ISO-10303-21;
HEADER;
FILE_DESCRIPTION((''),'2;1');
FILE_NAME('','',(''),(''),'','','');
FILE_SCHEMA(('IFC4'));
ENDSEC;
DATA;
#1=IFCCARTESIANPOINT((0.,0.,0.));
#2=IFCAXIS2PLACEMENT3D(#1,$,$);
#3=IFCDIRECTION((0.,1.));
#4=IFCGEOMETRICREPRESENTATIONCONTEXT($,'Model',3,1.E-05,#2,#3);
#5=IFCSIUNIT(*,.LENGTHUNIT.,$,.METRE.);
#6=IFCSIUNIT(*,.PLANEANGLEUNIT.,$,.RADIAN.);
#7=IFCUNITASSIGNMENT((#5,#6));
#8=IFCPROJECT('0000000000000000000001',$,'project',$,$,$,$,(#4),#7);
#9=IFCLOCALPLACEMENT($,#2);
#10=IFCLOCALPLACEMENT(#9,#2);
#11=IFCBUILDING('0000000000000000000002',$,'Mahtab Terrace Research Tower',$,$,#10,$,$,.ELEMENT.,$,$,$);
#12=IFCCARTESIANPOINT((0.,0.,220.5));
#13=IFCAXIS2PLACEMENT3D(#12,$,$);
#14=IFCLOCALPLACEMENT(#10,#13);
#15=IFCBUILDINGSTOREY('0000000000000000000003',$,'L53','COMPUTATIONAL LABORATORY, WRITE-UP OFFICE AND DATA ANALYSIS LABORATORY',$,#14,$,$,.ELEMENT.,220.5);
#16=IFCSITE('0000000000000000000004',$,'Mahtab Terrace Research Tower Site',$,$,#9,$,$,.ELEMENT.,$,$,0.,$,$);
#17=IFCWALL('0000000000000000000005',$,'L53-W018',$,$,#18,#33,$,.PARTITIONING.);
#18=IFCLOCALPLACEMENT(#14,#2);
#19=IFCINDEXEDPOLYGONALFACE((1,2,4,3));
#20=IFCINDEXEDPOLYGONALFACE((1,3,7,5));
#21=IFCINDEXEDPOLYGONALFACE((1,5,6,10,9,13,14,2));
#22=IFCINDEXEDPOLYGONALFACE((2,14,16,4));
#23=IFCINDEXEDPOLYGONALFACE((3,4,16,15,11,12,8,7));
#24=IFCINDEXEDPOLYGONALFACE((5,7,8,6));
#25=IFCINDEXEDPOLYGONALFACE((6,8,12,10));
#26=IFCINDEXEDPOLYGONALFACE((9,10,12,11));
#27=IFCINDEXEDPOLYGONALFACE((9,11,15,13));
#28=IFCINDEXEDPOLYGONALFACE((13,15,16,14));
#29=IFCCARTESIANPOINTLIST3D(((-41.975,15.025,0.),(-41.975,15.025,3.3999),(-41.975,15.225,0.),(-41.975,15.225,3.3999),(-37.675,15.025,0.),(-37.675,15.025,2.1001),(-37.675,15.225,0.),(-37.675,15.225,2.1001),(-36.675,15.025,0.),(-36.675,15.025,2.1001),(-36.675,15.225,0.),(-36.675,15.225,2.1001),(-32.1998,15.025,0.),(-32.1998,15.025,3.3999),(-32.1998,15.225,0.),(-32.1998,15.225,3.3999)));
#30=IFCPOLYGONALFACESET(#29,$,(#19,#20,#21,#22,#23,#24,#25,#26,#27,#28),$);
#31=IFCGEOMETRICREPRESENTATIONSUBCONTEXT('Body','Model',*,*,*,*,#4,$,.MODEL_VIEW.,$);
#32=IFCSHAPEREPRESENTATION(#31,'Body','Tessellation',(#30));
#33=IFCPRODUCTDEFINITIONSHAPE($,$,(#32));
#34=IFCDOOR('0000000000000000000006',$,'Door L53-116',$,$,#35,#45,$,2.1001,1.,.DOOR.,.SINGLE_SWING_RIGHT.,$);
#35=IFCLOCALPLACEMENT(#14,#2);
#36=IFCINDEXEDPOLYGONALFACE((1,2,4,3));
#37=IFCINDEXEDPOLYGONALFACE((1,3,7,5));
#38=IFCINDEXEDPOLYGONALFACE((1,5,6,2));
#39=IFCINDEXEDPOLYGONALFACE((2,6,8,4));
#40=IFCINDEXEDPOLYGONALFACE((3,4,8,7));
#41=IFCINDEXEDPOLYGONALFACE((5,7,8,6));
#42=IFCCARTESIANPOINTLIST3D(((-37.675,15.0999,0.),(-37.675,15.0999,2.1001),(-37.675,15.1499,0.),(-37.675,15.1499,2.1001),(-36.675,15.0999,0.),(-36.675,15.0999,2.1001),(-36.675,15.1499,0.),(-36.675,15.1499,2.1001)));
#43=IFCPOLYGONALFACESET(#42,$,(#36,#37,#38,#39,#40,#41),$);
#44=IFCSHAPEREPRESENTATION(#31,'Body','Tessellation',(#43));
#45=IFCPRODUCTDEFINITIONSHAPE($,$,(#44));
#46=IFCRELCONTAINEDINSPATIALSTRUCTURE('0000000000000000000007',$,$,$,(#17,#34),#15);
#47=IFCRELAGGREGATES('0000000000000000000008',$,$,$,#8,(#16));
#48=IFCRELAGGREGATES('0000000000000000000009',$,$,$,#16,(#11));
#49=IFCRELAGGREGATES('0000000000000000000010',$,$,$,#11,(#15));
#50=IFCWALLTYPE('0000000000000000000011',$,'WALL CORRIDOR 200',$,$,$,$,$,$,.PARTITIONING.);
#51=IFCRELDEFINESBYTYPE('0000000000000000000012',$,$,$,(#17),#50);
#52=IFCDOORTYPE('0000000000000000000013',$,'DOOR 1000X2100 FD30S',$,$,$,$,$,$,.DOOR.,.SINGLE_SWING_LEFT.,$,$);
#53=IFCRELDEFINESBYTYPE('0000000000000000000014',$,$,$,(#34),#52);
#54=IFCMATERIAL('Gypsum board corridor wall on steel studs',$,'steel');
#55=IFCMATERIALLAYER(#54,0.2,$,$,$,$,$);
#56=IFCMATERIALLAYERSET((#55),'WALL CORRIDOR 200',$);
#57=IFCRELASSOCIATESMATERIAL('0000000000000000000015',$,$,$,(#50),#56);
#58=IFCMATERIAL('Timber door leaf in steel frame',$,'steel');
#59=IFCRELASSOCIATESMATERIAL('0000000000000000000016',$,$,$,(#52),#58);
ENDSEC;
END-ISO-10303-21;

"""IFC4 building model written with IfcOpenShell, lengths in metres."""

from ifc_helpers import new_model, si_unit, direction, frame, frame_2d, origin, place, context, subcontext, project, spatial, rectangle, extrude, material, layer, layer_set, type_object, element, fill, save


model = new_model("IFC4")

# Units and contexts
model_context = context("Model", 3, precision=1e-05, world=origin(), true_north=direction((0.0, 1.0)))
body_context = subcontext(model_context, "Body", "Model", "MODEL_VIEW")
ifc_project = project(units=[si_unit("LENGTHUNIT", "METRE"), si_unit("PLANEANGLEUNIT", "RADIAN")], contexts=[model_context])

# Site, building, storey
site_placement = place(None, origin())
site = spatial("IfcSite", under=ifc_project, at=site_placement, Name="Mahtab Terrace Research Tower Site", CompositionType="ELEMENT", RefElevation=0.0)
building_placement = place(site_placement, origin())
building = spatial("IfcBuilding", under=site, at=building_placement, Name="Mahtab Terrace Research Tower", CompositionType="ELEMENT")
storey_placement = place(building_placement, frame((0.0, 0.0, 220.5)))
storey = spatial("IfcBuildingStorey", under=building, at=storey_placement, Name="L53", Description="COMPUTATIONAL LABORATORY, WRITE-UP OFFICE AND DATA ANALYSIS LABORATORY", CompositionType="ELEMENT", Elevation=220.5)

# Wall, opening, door
ifc_material_1 = material(Name="Gypsum board corridor wall on steel studs", Category="steel")
ifc_layer_1 = layer(ifc_material_1, 0.2)
ifc_layer_set_1 = layer_set([ifc_layer_1], Name="WALL CORRIDOR 200")
wall_type = type_object("IfcWallType", Name="WALL CORRIDOR 200", PredefinedType="PARTITIONING", material=ifc_layer_set_1)
wall_placement = place(storey_placement, frame((-41.9751, 15.125, 0.0), z_axis=(0.0, 0.0, 1.0), x_axis=(1.0, 0.0, 0.0)))
wall = element("IfcWall", 1, at=wall_placement, inside=storey, type_object=wall_type, Name="L53-W018", PredefinedType="PARTITIONING", context=body_context, shape_type="SweptSolid", body=[
    extrude(rectangle(XDim=9.7751, YDim=0.2, at=frame_2d((4.8877, 0.0))), origin(), (0.0, 0.0, 1.0), 3.3999),
])
opening_placement = place(wall_placement, frame((4.3, 0.0, 0.0)))
opening = element("IfcOpeningElement", 2, at=opening_placement, cuts=wall, PredefinedType="OPENING", context=body_context, shape_type="SweptSolid", body=[
    extrude(rectangle(XDim=1.0, YDim=2.1001, at=frame_2d((0.5, 1.05))), frame((0.0, 0.1099, 0.0), z_axis=(0.0, -1.0, 0.0), x_axis=(1.0, 0.0, 0.0)), (0.0, 0.0, 1.0), 0.22),
])
ifc_material_2 = material(Name="Timber door leaf in steel frame", Category="steel")
door_type = type_object("IfcDoorType", Name="DOOR 1000X2100 FD30S", OperationType="SINGLE_SWING_LEFT", PredefinedType="DOOR", material=ifc_material_2)
door_placement = place(opening_placement, origin())
door = element("IfcDoor", 3, at=door_placement, inside=storey, type_object=door_type, Name="Door L53-116", OperationType="SINGLE_SWING_RIGHT", OverallHeight=2.1001, OverallWidth=1.0, PredefinedType="DOOR", context=body_context, shape_type="SweptSolid", body=[
    extrude(rectangle(XDim=1.0, YDim=2.1001, at=frame_2d((0.5, 1.05))), frame((0.0, 0.0249, 0.0), z_axis=(0.0, -1.0, 0.0), x_axis=(1.0, 0.0, 0.0)), (0.0, 0.0, 1.0), 0.05),
])
fill(opening, door)

save(model, "model.ifc")
